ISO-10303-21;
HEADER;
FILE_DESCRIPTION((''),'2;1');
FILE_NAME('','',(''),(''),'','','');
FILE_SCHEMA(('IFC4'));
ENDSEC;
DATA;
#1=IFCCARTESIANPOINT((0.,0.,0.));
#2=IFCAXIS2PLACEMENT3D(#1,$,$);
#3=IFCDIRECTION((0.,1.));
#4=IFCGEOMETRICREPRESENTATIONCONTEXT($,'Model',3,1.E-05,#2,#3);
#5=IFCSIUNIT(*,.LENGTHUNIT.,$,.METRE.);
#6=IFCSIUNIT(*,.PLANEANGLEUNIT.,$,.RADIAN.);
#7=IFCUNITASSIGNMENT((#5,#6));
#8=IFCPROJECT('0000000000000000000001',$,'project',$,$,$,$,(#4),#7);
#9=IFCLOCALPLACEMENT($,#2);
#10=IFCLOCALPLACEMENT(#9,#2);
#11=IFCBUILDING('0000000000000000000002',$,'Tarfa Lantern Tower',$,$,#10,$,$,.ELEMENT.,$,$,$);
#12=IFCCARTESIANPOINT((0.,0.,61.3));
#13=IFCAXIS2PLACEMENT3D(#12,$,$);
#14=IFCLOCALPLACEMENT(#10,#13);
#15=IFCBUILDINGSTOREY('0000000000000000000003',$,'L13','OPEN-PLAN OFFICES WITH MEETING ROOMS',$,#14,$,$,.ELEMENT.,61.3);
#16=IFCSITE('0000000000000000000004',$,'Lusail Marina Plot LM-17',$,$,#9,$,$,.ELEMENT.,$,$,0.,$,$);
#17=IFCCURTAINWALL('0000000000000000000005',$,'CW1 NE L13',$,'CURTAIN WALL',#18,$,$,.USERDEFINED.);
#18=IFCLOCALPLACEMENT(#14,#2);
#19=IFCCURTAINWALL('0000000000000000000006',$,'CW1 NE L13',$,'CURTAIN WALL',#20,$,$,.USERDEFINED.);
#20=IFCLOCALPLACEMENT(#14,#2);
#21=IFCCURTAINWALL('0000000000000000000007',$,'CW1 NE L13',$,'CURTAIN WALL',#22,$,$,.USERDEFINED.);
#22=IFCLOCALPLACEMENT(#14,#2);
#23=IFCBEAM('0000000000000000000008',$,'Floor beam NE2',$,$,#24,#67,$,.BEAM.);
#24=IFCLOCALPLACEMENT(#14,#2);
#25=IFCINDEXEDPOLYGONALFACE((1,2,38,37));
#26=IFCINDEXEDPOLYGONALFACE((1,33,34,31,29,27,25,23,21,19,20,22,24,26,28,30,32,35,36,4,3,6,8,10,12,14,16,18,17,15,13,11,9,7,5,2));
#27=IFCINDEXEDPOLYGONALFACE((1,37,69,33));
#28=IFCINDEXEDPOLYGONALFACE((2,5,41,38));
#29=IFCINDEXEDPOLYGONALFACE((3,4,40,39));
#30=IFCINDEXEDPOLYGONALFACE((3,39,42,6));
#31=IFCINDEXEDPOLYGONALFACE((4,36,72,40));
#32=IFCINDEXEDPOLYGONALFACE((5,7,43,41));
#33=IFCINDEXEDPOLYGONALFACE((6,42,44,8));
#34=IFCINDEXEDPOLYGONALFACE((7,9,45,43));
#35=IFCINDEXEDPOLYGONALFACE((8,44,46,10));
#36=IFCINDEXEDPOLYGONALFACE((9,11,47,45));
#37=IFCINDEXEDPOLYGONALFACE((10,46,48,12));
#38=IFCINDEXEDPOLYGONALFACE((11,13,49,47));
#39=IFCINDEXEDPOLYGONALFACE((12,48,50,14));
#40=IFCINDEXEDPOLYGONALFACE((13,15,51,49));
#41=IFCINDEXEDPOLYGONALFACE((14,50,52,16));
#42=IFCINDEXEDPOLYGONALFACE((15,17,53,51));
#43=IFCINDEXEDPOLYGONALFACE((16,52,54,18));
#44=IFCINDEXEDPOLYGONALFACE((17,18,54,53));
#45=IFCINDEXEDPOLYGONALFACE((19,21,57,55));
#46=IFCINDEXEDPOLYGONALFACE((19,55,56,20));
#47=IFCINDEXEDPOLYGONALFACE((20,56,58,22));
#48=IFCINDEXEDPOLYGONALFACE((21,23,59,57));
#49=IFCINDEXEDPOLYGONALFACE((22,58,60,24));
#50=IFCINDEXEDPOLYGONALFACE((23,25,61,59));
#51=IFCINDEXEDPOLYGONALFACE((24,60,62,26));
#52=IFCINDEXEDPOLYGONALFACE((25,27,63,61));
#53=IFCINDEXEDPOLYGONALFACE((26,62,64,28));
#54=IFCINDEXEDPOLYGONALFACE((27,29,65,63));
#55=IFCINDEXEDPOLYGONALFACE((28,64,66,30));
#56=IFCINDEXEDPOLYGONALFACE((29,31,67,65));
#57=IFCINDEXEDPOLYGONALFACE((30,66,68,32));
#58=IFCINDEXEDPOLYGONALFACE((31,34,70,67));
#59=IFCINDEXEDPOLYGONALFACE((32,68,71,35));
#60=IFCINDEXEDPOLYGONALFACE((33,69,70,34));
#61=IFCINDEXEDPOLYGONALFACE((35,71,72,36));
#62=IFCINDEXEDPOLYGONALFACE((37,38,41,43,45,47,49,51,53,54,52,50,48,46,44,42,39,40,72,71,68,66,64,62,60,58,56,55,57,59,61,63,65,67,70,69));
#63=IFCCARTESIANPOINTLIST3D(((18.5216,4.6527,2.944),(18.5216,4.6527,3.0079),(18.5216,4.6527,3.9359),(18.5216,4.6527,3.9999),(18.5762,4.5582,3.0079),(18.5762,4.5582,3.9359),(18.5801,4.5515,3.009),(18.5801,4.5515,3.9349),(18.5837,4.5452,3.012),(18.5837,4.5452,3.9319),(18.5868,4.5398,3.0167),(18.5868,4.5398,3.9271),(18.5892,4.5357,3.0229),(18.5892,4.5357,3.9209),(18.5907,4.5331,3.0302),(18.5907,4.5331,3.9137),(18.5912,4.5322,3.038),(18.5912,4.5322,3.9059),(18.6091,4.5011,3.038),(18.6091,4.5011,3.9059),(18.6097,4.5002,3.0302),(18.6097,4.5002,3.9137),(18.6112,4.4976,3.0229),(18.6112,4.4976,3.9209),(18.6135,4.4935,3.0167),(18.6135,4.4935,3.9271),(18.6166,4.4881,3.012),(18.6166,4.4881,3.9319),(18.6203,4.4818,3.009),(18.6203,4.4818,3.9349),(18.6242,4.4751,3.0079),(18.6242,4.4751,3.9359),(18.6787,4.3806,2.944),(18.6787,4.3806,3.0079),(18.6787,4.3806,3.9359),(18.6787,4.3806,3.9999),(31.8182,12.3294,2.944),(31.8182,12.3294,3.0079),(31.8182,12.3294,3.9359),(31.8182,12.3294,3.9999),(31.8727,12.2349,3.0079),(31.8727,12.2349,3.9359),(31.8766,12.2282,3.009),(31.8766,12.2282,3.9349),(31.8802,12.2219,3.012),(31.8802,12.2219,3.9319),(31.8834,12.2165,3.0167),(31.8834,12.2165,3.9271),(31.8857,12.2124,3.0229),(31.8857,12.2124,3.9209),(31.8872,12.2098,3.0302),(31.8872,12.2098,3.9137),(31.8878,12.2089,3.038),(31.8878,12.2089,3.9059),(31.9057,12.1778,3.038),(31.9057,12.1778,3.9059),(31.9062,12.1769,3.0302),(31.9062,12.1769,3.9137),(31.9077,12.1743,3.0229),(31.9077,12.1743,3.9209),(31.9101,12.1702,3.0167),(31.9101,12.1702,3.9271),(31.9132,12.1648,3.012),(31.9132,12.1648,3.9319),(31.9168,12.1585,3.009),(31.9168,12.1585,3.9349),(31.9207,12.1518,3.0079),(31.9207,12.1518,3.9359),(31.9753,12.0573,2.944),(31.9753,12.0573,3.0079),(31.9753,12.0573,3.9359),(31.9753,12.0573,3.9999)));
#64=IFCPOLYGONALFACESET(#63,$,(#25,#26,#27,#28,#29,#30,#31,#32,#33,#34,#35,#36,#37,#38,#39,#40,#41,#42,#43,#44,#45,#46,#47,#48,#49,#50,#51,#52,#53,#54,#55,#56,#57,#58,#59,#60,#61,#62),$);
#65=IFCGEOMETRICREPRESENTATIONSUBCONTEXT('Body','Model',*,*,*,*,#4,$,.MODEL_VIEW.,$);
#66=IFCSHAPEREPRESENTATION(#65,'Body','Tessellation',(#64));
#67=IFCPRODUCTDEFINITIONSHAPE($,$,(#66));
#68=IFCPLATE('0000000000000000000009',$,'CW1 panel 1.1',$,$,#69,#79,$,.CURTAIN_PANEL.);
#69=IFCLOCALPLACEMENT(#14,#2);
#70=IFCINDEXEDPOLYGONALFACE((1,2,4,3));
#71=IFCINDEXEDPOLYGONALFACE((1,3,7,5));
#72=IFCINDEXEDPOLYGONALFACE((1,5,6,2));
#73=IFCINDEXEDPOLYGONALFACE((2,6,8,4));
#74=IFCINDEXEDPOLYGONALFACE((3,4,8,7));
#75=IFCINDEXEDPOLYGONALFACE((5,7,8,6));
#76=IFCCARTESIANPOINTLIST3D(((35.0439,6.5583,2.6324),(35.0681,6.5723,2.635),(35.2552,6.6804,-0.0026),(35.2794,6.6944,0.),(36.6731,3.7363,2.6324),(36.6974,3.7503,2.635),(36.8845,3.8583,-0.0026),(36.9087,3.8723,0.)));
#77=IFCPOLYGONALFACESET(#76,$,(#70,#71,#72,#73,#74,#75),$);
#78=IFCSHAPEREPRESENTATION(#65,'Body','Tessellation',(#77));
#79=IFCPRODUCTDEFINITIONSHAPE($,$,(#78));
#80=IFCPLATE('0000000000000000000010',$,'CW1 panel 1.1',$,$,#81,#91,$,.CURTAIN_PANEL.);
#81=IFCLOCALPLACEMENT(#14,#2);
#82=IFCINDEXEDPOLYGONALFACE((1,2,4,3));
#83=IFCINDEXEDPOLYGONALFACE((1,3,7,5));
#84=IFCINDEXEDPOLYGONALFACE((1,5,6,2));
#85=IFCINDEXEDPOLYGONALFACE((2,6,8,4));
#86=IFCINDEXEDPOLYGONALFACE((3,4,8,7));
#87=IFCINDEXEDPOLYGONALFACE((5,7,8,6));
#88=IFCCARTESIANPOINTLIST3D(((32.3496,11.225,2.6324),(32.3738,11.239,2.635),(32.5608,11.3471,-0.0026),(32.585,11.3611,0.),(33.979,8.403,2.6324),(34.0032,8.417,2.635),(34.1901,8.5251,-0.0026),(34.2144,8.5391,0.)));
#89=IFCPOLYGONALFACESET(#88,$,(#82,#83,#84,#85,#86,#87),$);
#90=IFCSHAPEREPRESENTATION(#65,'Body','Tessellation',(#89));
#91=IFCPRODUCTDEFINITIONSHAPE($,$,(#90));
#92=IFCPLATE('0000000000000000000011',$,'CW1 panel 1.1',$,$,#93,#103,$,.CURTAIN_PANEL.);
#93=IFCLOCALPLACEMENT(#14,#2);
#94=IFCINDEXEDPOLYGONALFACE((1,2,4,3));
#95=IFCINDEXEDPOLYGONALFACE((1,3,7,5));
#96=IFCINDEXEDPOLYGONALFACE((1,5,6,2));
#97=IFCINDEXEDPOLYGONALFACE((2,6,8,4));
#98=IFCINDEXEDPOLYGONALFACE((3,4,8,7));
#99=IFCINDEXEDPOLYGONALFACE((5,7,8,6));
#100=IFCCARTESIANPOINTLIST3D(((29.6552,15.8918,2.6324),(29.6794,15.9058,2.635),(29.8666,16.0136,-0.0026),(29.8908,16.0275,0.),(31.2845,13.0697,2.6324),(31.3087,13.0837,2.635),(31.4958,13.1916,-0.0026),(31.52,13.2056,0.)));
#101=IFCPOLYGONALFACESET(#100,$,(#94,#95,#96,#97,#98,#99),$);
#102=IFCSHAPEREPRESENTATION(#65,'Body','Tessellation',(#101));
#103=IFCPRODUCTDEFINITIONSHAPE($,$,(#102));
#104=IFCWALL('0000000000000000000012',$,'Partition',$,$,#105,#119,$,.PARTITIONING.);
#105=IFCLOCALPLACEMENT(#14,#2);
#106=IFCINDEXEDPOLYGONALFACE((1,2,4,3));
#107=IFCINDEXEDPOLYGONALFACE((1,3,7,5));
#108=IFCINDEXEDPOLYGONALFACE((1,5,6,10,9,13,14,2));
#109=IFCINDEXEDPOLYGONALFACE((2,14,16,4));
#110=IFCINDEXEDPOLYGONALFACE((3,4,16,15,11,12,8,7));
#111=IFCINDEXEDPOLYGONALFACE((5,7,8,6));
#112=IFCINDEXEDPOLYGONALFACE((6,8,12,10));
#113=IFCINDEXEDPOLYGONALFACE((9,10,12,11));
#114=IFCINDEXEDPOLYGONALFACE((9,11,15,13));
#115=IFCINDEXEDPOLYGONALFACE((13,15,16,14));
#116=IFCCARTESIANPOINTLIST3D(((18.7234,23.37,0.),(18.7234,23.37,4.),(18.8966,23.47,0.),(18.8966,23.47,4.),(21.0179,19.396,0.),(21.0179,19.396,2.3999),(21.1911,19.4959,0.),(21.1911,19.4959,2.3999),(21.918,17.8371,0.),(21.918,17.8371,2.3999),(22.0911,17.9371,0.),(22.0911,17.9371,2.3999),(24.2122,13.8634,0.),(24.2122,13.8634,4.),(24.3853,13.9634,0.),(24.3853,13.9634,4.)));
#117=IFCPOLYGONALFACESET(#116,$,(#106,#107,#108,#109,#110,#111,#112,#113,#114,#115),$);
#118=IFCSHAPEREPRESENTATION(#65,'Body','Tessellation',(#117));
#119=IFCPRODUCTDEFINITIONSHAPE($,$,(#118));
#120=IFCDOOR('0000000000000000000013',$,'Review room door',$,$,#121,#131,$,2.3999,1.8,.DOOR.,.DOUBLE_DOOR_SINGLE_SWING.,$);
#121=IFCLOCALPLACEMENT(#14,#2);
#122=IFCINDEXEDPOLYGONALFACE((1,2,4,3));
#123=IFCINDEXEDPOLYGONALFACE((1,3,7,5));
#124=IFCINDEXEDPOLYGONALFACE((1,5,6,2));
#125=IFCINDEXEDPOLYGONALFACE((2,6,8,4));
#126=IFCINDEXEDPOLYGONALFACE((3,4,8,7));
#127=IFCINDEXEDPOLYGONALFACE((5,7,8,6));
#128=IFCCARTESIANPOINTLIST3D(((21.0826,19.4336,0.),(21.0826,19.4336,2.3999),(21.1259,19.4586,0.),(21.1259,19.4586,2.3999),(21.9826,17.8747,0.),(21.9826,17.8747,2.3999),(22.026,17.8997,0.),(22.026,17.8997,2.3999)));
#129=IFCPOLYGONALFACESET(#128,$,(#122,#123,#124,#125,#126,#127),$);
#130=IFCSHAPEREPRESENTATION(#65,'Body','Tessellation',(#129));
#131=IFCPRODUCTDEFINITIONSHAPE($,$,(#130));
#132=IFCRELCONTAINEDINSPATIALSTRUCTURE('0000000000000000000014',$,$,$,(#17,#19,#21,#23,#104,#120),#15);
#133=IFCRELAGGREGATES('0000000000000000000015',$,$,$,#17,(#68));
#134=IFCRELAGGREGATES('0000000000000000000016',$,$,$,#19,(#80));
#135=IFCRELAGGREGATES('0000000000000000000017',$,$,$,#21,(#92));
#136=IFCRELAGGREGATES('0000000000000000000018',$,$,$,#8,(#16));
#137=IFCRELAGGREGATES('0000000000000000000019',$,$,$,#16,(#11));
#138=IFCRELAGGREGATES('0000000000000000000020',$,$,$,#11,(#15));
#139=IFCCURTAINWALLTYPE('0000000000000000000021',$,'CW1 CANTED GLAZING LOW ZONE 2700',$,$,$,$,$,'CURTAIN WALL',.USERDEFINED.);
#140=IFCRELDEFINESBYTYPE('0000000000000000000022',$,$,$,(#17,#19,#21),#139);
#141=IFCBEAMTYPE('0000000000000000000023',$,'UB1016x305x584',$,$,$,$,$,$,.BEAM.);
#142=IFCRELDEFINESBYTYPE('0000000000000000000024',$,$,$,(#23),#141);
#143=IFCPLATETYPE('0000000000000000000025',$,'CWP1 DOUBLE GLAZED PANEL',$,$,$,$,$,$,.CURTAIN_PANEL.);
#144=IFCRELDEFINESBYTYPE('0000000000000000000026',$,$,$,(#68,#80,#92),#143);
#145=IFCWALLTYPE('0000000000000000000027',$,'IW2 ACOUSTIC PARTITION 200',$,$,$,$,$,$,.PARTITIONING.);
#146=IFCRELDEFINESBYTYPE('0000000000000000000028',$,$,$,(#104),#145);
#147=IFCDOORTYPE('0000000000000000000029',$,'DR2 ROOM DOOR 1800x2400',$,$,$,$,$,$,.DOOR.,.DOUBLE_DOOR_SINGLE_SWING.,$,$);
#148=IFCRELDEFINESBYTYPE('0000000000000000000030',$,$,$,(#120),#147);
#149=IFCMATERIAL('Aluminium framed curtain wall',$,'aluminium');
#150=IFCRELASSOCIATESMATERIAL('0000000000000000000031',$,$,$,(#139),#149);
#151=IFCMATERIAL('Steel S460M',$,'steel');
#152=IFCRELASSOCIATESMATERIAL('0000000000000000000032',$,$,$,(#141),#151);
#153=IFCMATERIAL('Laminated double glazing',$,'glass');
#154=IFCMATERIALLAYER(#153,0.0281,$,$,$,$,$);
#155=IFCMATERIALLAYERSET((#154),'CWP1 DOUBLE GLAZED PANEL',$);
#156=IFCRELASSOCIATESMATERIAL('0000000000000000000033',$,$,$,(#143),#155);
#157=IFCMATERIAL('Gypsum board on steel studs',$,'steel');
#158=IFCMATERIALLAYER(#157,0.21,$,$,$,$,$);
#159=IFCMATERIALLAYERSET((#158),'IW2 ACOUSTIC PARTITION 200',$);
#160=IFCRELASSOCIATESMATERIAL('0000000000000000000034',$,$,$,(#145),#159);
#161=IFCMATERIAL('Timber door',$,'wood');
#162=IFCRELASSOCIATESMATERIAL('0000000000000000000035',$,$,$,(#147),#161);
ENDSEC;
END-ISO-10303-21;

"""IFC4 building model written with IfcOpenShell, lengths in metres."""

from ifc_helpers import new_model, si_unit, direction, frame, frame_2d, origin, origin_2d, place, context, subcontext, project, spatial, polyline, rectangle, i_section, outline, extrude, material, layer, layer_set, material_profile, profile_set, type_object, element, fill, aggregate, save


model = new_model("IFC4")

# Units and contexts
model_context = context("Model", 3, precision=1e-05, world=origin(), true_north=direction((0.0, 1.0)))
body_context = subcontext(model_context, "Body", "Model", "MODEL_VIEW")
ifc_project = project(units=[si_unit("LENGTHUNIT", "METRE"), si_unit("PLANEANGLEUNIT", "RADIAN")], contexts=[model_context])

# Site, building, storey
site_placement = place(None, origin())
site = spatial("IfcSite", under=ifc_project, at=site_placement, Name="Lusail Marina Plot LM-17", CompositionType="ELEMENT", RefElevation=0.0)
building_placement = place(site_placement, origin())
building = spatial("IfcBuilding", under=site, at=building_placement, Name="Tarfa Lantern Tower", CompositionType="ELEMENT")
storey_placement = place(building_placement, frame((0.0, 0.0, 61.3)))
storey = spatial("IfcBuildingStorey", under=building, at=storey_placement, Name="L13", Description="OPEN-PLAN OFFICES WITH MEETING ROOMS", CompositionType="ELEMENT", Elevation=61.3)

# Curtain walls
ifc_material_1 = material(Name="Aluminium framed curtain wall", Category="aluminium")
curtain_wall_type = type_object("IfcCurtainWallType", Name="CW1 CANTED GLAZING LOW ZONE 2700", ElementType="CURTAIN WALL", PredefinedType="USERDEFINED", material=ifc_material_1)
curtain_wall_1_placement = place(storey_placement, origin())
curtain_wall_1 = element("IfcCurtainWall", 1, at=curtain_wall_1_placement, inside=storey, type_object=curtain_wall_type, Name="CW1 NE L13", ObjectType="CURTAIN WALL", PredefinedType="USERDEFINED")
curtain_wall_2_placement = place(storey_placement, origin())
curtain_wall_2 = element("IfcCurtainWall", 2, at=curtain_wall_2_placement, inside=storey, type_object=curtain_wall_type, Name="CW1 NE L13", ObjectType="CURTAIN WALL", PredefinedType="USERDEFINED")

# Curtain wall
curtain_wall_3_placement = place(storey_placement, origin())
curtain_wall_3 = element("IfcCurtainWall", 3, at=curtain_wall_3_placement, inside=storey, type_object=curtain_wall_type, Name="CW1 NE L13", ObjectType="CURTAIN WALL", PredefinedType="USERDEFINED")

# Beam
ifc_material_2 = material(Name="Steel S460M", Category="steel")
ifc_material_profile_1 = material_profile(ifc_material_2, i_section(OverallWidth=0.3142, OverallDepth=1.0559, WebThickness=0.0359, FlangeThickness=0.064, FilletRadius=0.03, at=origin_2d()), Name="UB1016x305x584")
ifc_profile_set_1 = profile_set([ifc_material_profile_1], Name="Steel S460M")
beam_type_1 = type_object("IfcBeamType", Name="UB1016x305x584", PredefinedType="BEAM", material=ifc_profile_set_1)
beam_1_placement = place(storey_placement, frame((31.8967, 12.1934, 3.4719), z_axis=(-0.866027, -0.499997, 0.0), x_axis=(0.499997, -0.866027, 0.0)))
element("IfcBeam", 4, at=beam_1_placement, inside=storey, type_object=beam_type_1, Name="Floor beam NE2", PredefinedType="BEAM", context=body_context, shape_type="SweptSolid", body=[
    extrude(i_section(OverallWidth=0.3142, OverallDepth=1.0559, WebThickness=0.0359, FlangeThickness=0.064, FilletRadius=0.03, at=origin_2d()), origin(), (0.0, 0.0, 1.0), 15.3535),
])

# Plates
ifc_material_3 = material(Name="Laminated double glazing", Category="glass")
ifc_layer_1 = layer(ifc_material_3, 0.0281)
ifc_layer_set_1 = layer_set([ifc_layer_1], Name="CWP1 DOUBLE GLAZED PANEL")
plate_type = type_object("IfcPlateType", Name="CWP1 DOUBLE GLAZED PANEL", PredefinedType="CURTAIN_PANEL", material=ifc_layer_set_1)
plate_1_placement = place(storey_placement, frame((36.9087, 3.8723, 0.0), z_axis=(0.862338, 0.497864, 0.092216), x_axis=(-0.499995, 0.866028, 0.000003)))
plate_1 = element("IfcPlate", 5, at=plate_1_placement, type_object=plate_type, Name="CW1 panel 1.1", PredefinedType="CURTAIN_PANEL", context=body_context, shape_type="SweptSolid", body=[
    extrude(outline(polyline([(0.0, 0.0), (3.2586, 0.0), (3.2585, 2.6463), (0.0, 2.6463), (0.0, 0.0)])), origin(), (0.0, 0.0, -1.0), 0.0281),
])
aggregate(curtain_wall_1, [plate_1])
plate_2_placement = place(storey_placement, frame((34.2144, 8.5391, 0.0), z_axis=(0.862325, 0.497894, 0.092176), x_axis=(-0.500023, 0.866012, 0.0)))
plate_2 = element("IfcPlate", 6, at=plate_2_placement, type_object=plate_type, Name="CW1 panel 1.1", PredefinedType="CURTAIN_PANEL", context=body_context, shape_type="SweptSolid", body=[
    extrude(outline(polyline([(0.0, 0.0), (3.2586, 0.0), (3.2585, 2.6463), (-0.0001, 2.6463), (0.0, 0.0)])), origin(), (0.0, 0.0, -1.0), 0.0281),
])
aggregate(curtain_wall_2, [plate_2])
plate_3_placement = place(storey_placement, frame((31.52, 13.2056, 0.0), z_axis=(0.862342, 0.497867, 0.09217), x_axis=(-0.499995, 0.866029, -0.000003)))
plate_3 = element("IfcPlate", 7, at=plate_3_placement, type_object=plate_type, Name="CW1 panel 1.1", PredefinedType="CURTAIN_PANEL", context=body_context, shape_type="SweptSolid", body=[
    extrude(outline(polyline([(0.0, 0.0), (3.2585, 0.0), (3.2587, 2.6463), (0.0001, 2.6463), (0.0, 0.0)])), origin(), (0.0, 0.0, -1.0), 0.0281),
])
aggregate(curtain_wall_3, [plate_3])

# Wall, opening, door
ifc_material_4 = material(Name="Gypsum board on steel studs", Category="steel")
ifc_layer_2 = layer(ifc_material_4, 0.21)
ifc_layer_set_2 = layer_set([ifc_layer_2], Name="IW2 ACOUSTIC PARTITION 200")
wall_type = type_object("IfcWallType", Name="IW2 ACOUSTIC PARTITION 200", PredefinedType="PARTITIONING", material=ifc_layer_set_2)
wall_placement = place(storey_placement, frame((24.2988, 13.9133, 0.0), z_axis=(0.0, 0.0, 1.0), x_axis=(-0.500009, 0.86602, 0.0)))
wall = element("IfcWall", 8, at=wall_placement, inside=storey, type_object=wall_type, Name="Partition", PredefinedType="PARTITIONING", context=body_context, shape_type="SweptSolid", body=[
    extrude(rectangle(XDim=10.9773, YDim=0.2, at=frame_2d((5.4888, 0.0))), origin(), (0.0, 0.0, 1.0), 4.0),
])
opening_placement = place(wall_placement, frame((4.5886, 0.0, 0.0)))
opening = element("IfcOpeningElement", 9, at=opening_placement, cuts=wall, PredefinedType="OPENING", context=body_context, shape_type="SweptSolid", body=[
    extrude(rectangle(XDim=1.8, YDim=2.3999, at=frame_2d((0.8999, 1.2))), frame((0.0, 0.1099, 0.0), z_axis=(0.0, -1.0, 0.0), x_axis=(1.0, 0.0, 0.0)), (0.0, 0.0, 1.0), 0.22),
])
ifc_material_5 = material(Name="Timber door", Category="wood")
door_type = type_object("IfcDoorType", Name="DR2 ROOM DOOR 1800x2400", OperationType="DOUBLE_DOOR_SINGLE_SWING", PredefinedType="DOOR", material=ifc_material_5)
door_placement = place(opening_placement, frame((1.8, 0.0, 0.0), z_axis=(0.0, 0.0, 1.0), x_axis=(-1.0, 0.0, 0.0)))
door = element("IfcDoor", 10, at=door_placement, inside=storey, type_object=door_type, Name="Review room door", OperationType="DOUBLE_DOOR_SINGLE_SWING", OverallHeight=2.3999, OverallWidth=1.8, PredefinedType="DOOR", context=body_context, shape_type="SweptSolid", body=[
    extrude(rectangle(XDim=1.8, YDim=2.3999, at=frame_2d((0.8999, 1.2))), frame((0.0, 0.0249, 0.0), z_axis=(0.0, -1.0, 0.0), x_axis=(1.0, 0.0, 0.0)), (0.0, 0.0, 1.0), 0.05),
])
fill(opening, door)

save(model, "model.ifc")
